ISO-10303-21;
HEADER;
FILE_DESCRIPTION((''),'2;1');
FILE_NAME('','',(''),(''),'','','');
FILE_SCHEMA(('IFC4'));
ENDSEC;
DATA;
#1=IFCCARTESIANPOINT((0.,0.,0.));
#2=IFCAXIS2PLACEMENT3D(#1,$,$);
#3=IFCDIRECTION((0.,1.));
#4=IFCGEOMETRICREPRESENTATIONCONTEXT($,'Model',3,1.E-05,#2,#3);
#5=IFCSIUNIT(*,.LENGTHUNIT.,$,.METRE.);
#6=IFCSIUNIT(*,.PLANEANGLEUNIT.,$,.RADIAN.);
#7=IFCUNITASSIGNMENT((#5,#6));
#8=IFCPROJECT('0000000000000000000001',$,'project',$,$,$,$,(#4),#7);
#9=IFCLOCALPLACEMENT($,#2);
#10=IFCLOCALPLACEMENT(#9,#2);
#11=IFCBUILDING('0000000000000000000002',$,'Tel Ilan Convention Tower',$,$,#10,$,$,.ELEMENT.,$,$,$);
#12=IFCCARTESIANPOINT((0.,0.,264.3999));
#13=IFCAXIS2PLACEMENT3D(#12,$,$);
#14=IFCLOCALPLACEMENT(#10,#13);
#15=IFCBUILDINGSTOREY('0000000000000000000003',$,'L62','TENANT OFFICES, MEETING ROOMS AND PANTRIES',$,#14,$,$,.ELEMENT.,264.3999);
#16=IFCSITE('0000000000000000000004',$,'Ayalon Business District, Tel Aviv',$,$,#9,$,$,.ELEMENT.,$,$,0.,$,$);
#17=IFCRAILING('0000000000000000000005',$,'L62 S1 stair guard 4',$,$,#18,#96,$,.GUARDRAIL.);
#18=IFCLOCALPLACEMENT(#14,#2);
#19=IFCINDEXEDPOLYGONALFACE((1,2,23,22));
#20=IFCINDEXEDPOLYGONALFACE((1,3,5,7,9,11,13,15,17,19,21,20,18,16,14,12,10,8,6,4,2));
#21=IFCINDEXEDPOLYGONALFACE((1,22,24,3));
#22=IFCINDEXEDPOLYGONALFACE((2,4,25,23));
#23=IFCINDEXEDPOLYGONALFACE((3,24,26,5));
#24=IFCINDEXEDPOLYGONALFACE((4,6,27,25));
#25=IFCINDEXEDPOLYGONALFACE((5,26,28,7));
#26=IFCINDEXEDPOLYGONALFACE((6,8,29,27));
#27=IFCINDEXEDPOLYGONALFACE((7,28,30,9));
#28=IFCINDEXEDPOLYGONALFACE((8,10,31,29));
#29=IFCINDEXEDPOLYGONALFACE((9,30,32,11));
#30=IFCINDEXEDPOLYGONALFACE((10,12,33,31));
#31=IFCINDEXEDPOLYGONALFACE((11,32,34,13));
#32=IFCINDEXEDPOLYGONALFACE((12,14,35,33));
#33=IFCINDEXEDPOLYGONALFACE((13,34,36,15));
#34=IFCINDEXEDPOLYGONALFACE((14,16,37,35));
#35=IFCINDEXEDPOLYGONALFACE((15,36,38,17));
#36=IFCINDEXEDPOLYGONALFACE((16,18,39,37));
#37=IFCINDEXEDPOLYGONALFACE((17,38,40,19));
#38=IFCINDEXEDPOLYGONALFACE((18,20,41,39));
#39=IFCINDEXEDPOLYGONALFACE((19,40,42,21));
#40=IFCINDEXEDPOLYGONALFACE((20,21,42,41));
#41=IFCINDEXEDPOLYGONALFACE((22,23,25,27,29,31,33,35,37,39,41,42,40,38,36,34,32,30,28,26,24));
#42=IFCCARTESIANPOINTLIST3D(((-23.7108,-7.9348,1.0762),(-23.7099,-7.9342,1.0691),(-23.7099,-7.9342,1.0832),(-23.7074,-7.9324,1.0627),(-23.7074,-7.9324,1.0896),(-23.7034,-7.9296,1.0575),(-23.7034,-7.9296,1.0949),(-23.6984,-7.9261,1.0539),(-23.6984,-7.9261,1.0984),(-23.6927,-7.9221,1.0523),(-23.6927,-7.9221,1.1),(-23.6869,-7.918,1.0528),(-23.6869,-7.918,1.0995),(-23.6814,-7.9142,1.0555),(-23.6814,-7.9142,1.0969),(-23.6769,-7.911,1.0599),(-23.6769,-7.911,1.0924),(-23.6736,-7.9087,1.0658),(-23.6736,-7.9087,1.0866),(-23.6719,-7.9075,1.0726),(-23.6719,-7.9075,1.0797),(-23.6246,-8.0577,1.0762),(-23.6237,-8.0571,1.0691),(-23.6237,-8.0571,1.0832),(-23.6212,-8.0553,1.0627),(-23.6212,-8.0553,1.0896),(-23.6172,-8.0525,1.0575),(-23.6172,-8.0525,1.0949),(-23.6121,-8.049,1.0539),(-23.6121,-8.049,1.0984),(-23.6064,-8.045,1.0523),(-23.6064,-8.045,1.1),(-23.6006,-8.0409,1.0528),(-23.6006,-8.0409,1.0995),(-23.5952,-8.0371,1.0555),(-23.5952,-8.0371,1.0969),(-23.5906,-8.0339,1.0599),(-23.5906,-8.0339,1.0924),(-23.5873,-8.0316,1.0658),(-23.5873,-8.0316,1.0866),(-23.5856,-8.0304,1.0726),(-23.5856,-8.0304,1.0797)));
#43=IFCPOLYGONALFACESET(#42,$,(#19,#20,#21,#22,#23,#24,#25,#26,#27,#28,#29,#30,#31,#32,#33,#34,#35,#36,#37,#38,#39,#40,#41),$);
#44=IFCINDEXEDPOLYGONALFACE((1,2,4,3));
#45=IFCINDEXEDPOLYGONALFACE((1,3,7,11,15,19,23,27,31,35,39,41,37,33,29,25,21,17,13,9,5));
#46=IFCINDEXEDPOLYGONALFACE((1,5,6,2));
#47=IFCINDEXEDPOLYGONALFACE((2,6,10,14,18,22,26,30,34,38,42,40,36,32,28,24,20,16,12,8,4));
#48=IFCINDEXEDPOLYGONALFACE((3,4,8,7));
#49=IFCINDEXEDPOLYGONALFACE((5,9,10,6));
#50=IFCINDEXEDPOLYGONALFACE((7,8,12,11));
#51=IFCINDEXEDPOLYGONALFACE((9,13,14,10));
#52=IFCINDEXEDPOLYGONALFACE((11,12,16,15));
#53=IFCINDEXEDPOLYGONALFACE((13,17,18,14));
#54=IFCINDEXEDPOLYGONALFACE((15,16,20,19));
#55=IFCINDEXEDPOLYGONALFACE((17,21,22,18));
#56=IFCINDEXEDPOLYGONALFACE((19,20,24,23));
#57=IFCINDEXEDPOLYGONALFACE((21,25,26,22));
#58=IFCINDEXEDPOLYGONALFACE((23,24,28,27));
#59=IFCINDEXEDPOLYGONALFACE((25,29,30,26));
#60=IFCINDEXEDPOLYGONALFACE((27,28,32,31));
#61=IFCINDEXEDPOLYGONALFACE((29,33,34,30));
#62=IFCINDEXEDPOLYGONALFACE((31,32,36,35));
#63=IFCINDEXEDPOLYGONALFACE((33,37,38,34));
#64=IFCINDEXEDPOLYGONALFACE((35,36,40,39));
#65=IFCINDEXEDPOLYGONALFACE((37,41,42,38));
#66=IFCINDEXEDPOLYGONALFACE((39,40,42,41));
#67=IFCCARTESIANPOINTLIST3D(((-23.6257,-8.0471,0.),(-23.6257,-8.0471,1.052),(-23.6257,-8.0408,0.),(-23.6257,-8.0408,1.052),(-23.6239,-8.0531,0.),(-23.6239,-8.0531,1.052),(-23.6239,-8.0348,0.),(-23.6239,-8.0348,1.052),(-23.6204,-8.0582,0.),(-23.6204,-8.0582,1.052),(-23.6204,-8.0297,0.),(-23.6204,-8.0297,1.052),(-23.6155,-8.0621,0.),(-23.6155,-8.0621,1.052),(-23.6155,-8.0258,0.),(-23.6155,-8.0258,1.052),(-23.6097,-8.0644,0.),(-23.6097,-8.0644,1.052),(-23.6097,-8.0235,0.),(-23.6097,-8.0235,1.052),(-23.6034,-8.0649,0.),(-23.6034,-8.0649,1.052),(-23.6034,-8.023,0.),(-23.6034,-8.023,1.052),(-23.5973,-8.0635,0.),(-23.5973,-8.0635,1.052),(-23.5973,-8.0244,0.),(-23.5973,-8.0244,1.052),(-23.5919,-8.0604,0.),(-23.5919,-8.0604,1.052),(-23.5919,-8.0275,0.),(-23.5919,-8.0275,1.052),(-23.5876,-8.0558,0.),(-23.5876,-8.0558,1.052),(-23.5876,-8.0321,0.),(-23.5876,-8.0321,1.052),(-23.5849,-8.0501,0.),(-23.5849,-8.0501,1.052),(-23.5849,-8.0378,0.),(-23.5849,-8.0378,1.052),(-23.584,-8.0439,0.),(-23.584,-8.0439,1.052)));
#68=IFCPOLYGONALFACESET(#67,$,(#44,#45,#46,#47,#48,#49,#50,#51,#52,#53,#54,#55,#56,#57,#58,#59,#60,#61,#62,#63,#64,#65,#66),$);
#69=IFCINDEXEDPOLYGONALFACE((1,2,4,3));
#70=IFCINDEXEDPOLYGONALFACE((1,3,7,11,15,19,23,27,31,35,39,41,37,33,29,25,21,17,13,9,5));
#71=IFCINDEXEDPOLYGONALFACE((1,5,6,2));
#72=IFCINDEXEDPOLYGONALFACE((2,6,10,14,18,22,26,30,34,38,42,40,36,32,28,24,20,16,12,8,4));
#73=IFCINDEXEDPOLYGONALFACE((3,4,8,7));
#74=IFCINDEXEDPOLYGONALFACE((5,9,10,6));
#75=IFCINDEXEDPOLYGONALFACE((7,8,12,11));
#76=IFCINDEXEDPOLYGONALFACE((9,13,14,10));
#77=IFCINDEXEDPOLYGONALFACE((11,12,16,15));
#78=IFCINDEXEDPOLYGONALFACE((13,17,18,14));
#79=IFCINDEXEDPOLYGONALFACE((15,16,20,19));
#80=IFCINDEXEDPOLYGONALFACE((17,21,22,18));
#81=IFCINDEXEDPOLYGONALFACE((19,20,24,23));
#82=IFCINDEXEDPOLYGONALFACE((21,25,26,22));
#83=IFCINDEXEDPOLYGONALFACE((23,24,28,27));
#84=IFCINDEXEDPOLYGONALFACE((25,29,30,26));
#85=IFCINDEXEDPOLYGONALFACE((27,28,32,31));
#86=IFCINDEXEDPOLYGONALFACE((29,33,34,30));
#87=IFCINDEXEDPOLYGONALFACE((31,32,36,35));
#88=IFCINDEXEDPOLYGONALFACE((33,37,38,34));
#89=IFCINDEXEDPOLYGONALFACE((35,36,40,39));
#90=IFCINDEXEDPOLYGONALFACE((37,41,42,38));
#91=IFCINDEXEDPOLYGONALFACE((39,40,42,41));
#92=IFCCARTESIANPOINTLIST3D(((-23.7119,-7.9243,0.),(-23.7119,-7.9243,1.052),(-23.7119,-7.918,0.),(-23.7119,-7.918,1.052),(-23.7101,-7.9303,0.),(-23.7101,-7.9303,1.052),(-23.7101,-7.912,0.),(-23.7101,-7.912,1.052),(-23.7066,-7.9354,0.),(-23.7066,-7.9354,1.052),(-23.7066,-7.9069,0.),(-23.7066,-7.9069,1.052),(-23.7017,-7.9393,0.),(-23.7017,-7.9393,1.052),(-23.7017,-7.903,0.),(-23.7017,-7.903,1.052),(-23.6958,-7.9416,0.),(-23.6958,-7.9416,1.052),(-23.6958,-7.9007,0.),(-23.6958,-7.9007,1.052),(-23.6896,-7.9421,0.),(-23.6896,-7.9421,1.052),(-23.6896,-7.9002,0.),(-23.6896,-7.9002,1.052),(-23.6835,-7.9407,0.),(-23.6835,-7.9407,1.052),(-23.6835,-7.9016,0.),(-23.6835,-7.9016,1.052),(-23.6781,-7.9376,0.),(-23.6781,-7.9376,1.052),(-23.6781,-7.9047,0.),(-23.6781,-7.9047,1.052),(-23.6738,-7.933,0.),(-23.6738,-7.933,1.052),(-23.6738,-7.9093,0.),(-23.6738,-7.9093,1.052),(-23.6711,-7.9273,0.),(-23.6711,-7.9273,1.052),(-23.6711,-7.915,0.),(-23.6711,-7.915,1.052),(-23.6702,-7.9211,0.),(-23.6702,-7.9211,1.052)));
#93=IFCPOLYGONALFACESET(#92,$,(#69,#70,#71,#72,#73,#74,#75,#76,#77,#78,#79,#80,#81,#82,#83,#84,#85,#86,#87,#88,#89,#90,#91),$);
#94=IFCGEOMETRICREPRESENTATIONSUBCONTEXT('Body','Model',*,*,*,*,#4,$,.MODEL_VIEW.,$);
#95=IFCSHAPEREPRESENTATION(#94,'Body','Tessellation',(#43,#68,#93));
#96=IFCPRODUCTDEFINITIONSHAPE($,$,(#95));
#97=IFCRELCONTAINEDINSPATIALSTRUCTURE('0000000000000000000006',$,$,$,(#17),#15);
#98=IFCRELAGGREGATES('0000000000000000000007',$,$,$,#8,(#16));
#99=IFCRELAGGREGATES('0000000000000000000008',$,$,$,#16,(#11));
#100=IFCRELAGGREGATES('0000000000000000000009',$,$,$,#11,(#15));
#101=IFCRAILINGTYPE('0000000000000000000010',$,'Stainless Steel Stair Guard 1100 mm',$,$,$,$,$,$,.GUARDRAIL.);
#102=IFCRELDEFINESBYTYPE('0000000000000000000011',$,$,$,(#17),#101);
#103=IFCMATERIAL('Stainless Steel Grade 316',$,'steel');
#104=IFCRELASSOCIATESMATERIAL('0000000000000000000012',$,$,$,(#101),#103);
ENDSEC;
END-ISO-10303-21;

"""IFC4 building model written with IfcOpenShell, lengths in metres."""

from ifc_helpers import new_model, si_unit, direction, frame, origin, origin_2d, place, context, subcontext, project, spatial, circle, extrude, material, type_object, element, save


model = new_model("IFC4")

# Units and contexts
model_context = context("Model", 3, precision=1e-05, world=origin(), true_north=direction((0.0, 1.0)))
body_context = subcontext(model_context, "Body", "Model", "MODEL_VIEW")
ifc_project = project(units=[si_unit("LENGTHUNIT", "METRE"), si_unit("PLANEANGLEUNIT", "RADIAN")], contexts=[model_context])

# Site, building, storey
site_placement = place(None, origin())
site = spatial("IfcSite", under=ifc_project, at=site_placement, Name="Ayalon Business District, Tel Aviv", CompositionType="ELEMENT", RefElevation=0.0)
building_placement = place(site_placement, origin())
building = spatial("IfcBuilding", under=site, at=building_placement, Name="Tel Ilan Convention Tower", CompositionType="ELEMENT")
storey_placement = place(building_placement, frame((0.0, 0.0, 264.3999)))
storey = spatial("IfcBuildingStorey", under=building, at=storey_placement, Name="L62", Description="TENANT OFFICES, MEETING ROOMS AND PANTRIES", CompositionType="ELEMENT", Elevation=264.3999)

# Railing
ifc_material_1 = material(Name="Stainless Steel Grade 316", Category="steel")
railing_type_1 = type_object("IfcRailingType", Name="Stainless Steel Stair Guard 1100 mm", PredefinedType="GUARDRAIL", material=ifc_material_1)
railing_1_placement = place(storey_placement, frame((-23.605, -8.0439, 0.0)))
element("IfcRailing", 1, at=railing_1_placement, inside=storey, type_object=railing_type_1, Name="L62 S1 stair guard 4", PredefinedType="GUARDRAIL", context=body_context, shape_type="SweptSolid", body=[
    extrude(circle(Radius=0.0239, at=origin_2d()), frame((0.0, 0.0, 1.0762), z_axis=(-0.574445, 0.818543, 0.0), x_axis=(-0.818543, -0.574445, 0.0)), (0.0, 0.0, 1.0), 0.1501),
    extrude(circle(Radius=0.021, at=origin_2d()), origin(), (0.0, 0.0, 1.0), 1.052),
    extrude(circle(Radius=0.021, at=origin_2d()), frame((-0.0862, 0.1228, 0.0)), (0.0, 0.0, 1.0), 1.052),
])

save(model, "model.ifc")
